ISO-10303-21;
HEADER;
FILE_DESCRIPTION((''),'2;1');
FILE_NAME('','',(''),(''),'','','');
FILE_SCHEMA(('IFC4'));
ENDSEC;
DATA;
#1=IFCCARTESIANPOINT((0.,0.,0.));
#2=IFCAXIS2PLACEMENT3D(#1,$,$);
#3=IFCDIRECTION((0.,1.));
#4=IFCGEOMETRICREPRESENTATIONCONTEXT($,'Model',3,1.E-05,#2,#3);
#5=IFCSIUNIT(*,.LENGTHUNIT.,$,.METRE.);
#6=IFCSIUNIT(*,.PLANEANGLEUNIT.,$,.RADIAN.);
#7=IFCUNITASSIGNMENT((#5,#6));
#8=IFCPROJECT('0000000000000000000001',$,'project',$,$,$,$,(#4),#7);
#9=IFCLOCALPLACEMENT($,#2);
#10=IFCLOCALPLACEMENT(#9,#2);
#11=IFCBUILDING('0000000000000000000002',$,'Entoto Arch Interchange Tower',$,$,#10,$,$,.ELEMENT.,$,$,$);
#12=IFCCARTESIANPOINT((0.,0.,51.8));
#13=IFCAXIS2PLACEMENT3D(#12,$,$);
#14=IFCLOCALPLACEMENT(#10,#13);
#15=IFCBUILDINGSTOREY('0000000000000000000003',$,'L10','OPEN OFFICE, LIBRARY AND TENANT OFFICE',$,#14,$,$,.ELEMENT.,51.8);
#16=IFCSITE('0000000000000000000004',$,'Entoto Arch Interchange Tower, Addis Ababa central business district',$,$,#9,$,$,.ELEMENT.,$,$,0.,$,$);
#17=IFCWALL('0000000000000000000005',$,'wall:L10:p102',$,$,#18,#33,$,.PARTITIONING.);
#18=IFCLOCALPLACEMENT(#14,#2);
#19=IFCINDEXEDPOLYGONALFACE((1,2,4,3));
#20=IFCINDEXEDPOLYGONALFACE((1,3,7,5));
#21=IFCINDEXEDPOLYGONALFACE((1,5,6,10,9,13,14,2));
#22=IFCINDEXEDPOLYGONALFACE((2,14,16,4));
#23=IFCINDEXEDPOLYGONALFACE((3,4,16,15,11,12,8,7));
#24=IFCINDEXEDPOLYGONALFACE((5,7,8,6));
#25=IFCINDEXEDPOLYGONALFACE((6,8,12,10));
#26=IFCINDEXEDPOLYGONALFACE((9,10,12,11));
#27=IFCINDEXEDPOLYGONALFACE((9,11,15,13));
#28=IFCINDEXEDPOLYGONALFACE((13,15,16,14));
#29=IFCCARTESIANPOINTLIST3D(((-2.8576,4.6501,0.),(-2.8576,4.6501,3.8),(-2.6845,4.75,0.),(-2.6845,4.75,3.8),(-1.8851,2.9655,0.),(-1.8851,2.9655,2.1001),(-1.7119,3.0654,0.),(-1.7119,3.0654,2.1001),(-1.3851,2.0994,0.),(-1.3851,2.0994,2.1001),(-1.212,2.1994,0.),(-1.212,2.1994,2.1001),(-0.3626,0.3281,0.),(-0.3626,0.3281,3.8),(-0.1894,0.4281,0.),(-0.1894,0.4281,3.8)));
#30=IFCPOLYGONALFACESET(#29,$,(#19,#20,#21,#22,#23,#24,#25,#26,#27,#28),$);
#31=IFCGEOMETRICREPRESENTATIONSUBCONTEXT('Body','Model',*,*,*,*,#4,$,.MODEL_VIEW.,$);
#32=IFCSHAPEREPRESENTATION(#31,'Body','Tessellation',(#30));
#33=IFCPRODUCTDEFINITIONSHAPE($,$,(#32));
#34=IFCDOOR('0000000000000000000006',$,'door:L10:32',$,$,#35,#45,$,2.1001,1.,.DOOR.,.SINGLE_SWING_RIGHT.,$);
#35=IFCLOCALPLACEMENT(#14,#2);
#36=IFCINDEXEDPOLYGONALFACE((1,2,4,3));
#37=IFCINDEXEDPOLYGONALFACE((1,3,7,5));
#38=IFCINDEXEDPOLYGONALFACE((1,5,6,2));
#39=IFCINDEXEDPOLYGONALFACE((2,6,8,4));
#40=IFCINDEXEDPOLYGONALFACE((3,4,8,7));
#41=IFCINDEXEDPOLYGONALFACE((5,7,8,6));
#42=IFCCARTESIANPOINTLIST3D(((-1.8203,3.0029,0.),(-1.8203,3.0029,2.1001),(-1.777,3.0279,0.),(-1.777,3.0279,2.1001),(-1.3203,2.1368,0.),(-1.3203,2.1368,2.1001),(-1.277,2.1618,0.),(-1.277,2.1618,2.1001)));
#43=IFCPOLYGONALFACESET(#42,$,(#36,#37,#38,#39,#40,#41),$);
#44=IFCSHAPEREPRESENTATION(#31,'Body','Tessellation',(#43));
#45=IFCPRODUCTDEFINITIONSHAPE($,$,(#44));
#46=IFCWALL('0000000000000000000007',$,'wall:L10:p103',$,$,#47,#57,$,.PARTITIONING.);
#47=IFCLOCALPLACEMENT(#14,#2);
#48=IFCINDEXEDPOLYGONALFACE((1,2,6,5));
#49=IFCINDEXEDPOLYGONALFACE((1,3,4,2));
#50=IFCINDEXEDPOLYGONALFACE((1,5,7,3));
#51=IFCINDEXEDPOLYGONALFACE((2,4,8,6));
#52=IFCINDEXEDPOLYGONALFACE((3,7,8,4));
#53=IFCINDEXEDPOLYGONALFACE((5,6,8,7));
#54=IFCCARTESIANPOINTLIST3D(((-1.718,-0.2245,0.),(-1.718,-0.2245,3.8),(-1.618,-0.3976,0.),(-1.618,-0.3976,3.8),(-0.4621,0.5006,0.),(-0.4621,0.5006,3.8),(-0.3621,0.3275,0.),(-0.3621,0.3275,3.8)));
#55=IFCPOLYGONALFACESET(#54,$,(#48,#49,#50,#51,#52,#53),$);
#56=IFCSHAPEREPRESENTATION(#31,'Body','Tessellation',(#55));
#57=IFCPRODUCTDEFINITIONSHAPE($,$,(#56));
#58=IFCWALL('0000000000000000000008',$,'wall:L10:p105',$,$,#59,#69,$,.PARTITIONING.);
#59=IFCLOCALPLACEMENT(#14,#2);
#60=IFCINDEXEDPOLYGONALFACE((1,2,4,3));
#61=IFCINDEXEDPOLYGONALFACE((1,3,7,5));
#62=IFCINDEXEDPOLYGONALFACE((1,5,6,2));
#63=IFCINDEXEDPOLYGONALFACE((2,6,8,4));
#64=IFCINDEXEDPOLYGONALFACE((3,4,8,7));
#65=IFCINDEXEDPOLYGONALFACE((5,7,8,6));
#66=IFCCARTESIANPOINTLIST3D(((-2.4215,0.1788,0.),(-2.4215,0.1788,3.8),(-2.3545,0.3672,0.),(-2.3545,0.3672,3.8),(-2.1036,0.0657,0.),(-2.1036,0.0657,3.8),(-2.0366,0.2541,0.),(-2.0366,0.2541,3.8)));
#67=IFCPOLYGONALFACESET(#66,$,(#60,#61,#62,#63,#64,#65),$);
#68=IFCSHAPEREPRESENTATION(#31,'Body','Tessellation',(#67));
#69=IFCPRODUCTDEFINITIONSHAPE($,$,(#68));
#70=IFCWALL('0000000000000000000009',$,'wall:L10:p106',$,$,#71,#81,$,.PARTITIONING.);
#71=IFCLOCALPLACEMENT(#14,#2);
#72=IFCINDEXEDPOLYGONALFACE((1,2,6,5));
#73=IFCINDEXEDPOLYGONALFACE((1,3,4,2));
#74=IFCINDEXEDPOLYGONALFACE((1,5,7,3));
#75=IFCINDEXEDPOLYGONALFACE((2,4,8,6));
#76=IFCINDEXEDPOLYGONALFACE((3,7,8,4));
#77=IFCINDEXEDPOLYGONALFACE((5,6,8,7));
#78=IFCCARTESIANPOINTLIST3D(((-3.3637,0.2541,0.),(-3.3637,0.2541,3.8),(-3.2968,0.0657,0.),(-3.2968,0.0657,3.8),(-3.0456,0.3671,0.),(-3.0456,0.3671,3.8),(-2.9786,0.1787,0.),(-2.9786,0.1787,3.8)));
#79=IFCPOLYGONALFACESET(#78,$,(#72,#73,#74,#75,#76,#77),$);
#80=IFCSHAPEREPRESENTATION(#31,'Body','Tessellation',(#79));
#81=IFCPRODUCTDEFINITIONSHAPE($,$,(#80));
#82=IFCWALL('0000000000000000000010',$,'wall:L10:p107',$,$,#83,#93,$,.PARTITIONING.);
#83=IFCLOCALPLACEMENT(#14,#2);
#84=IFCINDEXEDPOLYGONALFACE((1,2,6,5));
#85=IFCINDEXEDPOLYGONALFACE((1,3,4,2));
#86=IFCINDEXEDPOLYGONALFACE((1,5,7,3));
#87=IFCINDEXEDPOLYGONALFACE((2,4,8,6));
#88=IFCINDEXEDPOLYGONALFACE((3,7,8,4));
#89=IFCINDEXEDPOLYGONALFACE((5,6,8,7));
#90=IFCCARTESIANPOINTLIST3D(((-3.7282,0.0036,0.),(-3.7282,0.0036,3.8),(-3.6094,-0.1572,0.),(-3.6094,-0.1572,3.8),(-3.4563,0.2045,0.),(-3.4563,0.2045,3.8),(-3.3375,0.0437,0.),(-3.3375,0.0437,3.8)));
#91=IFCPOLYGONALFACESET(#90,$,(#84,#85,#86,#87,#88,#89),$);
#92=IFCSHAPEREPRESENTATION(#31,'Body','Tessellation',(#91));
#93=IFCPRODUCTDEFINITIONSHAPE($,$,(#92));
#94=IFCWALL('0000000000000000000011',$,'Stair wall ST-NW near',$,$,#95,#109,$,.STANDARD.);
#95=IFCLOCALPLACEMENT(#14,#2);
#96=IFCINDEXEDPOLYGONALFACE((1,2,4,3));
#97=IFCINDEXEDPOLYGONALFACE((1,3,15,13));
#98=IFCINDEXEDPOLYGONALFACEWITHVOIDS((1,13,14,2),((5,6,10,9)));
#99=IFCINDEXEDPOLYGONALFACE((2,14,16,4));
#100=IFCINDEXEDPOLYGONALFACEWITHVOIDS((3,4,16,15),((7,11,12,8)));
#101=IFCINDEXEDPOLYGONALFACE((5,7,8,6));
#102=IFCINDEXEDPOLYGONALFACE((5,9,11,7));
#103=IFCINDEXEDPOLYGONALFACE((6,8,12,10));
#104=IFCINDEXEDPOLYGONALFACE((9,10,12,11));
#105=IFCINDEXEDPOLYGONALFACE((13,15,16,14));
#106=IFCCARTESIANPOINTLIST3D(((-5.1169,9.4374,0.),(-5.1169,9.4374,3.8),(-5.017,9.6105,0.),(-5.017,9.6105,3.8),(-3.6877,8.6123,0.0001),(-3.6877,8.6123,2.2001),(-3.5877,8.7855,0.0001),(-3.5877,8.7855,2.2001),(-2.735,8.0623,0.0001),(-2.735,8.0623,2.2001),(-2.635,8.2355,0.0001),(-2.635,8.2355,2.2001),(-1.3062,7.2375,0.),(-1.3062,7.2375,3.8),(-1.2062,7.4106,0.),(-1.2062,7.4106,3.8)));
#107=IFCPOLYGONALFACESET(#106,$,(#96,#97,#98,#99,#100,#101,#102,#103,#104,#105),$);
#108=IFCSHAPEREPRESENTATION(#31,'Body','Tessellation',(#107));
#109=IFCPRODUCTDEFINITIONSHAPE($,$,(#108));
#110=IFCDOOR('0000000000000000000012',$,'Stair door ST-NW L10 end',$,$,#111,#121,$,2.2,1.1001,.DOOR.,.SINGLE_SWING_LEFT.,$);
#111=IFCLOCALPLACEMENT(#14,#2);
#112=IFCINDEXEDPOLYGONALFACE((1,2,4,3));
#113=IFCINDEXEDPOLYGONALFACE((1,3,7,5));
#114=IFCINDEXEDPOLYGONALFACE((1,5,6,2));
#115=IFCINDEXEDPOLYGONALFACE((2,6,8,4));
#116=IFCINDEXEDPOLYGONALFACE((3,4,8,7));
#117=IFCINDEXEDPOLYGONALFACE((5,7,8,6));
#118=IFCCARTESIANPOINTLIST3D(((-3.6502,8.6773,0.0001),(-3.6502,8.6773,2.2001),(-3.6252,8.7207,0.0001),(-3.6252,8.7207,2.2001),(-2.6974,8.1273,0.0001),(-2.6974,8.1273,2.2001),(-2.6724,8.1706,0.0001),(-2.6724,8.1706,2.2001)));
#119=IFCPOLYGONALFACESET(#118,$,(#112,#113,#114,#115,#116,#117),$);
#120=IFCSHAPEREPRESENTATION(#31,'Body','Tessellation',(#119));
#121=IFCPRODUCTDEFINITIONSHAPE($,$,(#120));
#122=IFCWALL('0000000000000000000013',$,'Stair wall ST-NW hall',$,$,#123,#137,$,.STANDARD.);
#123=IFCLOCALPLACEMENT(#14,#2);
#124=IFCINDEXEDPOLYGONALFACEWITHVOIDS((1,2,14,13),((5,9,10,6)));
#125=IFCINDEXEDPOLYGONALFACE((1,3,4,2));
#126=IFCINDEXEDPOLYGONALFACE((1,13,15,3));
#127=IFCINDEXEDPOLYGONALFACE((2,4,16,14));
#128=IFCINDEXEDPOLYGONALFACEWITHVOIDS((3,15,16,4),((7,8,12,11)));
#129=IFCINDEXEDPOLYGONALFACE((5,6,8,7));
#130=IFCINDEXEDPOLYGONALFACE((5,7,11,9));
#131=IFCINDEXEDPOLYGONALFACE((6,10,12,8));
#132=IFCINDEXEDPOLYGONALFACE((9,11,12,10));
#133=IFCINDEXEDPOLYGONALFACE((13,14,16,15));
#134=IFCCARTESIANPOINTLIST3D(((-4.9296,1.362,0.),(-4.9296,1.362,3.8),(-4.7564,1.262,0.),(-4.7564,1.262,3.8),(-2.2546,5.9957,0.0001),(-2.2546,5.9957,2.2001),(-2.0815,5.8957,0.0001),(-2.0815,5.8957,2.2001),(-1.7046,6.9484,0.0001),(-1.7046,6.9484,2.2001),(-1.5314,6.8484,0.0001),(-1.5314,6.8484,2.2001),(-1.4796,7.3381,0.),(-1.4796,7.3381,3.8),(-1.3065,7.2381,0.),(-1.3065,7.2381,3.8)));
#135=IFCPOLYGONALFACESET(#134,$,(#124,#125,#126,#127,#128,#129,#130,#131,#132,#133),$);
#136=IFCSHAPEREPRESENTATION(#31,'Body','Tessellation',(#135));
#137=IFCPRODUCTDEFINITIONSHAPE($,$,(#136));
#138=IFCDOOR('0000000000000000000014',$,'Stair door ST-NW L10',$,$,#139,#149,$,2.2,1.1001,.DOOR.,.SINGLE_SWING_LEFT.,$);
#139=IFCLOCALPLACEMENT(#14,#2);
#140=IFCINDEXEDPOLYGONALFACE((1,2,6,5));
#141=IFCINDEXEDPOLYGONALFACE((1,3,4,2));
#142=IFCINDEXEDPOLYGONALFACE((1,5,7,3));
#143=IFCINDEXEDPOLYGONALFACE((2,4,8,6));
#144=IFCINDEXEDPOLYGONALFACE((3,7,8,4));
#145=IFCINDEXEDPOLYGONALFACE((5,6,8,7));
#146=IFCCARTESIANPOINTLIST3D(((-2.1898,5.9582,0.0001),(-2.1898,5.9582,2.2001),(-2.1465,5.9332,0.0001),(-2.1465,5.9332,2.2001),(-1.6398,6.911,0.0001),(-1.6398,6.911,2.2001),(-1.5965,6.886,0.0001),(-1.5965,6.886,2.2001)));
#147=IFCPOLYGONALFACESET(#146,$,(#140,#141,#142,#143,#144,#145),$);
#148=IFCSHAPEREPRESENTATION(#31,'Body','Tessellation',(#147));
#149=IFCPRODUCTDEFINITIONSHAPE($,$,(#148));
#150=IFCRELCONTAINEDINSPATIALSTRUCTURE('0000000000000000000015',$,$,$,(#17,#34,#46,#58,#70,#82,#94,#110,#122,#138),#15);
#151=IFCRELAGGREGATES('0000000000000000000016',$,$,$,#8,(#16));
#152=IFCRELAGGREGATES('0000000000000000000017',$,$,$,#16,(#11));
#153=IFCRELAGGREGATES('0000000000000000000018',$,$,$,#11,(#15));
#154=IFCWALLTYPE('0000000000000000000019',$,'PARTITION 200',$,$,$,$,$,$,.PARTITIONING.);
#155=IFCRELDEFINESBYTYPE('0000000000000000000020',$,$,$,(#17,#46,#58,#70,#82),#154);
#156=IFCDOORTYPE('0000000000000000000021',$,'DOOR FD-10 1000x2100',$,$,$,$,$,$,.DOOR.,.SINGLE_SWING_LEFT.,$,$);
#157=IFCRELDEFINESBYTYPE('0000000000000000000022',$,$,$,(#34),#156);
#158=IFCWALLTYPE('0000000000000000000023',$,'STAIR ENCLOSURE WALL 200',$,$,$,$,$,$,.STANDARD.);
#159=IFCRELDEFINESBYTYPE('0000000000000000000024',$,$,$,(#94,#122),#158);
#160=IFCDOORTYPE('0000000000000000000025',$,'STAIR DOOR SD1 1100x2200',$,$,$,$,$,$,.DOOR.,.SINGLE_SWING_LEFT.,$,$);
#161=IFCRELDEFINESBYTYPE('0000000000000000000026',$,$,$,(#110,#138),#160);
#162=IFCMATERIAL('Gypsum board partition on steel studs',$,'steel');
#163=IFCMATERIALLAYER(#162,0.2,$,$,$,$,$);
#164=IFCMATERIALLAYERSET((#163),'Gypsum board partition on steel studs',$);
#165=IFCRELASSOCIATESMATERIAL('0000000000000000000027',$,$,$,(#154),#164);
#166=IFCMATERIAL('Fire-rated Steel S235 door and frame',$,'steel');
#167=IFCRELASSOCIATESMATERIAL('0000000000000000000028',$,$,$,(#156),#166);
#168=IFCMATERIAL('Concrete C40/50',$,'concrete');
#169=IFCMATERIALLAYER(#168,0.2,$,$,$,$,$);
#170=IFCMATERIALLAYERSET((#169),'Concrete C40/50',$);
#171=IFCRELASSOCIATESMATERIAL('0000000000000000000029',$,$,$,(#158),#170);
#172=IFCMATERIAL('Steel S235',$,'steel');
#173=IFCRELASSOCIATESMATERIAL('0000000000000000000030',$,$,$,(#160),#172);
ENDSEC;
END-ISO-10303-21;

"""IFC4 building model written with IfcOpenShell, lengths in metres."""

from ifc_helpers import new_model, si_unit, direction, frame, frame_2d, origin, place, context, subcontext, project, spatial, rectangle, extrude, material, layer, layer_set, type_object, element, fill, save


model = new_model("IFC4")

# Units and contexts
model_context = context("Model", 3, precision=1e-05, world=origin(), true_north=direction((0.0, 1.0)))
body_context = subcontext(model_context, "Body", "Model", "MODEL_VIEW")
ifc_project = project(units=[si_unit("LENGTHUNIT", "METRE"), si_unit("PLANEANGLEUNIT", "RADIAN")], contexts=[model_context])

# Site, building, storey
site_placement = place(None, origin())
site = spatial("IfcSite", under=ifc_project, at=site_placement, Name="Entoto Arch Interchange Tower, Addis Ababa central business district", CompositionType="ELEMENT", RefElevation=0.0)
building_placement = place(site_placement, origin())
building = spatial("IfcBuilding", under=site, at=building_placement, Name="Entoto Arch Interchange Tower", CompositionType="ELEMENT")
storey_placement = place(building_placement, frame((0.0, 0.0, 51.8)))
storey = spatial("IfcBuildingStorey", under=building, at=storey_placement, Name="L10", Description="OPEN OFFICE, LIBRARY AND TENANT OFFICE", CompositionType="ELEMENT", Elevation=51.8)

# Wall, opening, door
ifc_material_1 = material(Name="Gypsum board partition on steel studs", Category="steel")
ifc_layer_1 = layer(ifc_material_1, 0.2)
ifc_layer_set_1 = layer_set([ifc_layer_1], Name="Gypsum board partition on steel studs")
wall_type_1 = type_object("IfcWallType", Name="PARTITION 200", PredefinedType="PARTITIONING", material=ifc_layer_set_1)
wall_1_placement = place(storey_placement, frame((-2.771, 4.7, 0.0), z_axis=(0.0, 0.0, 1.0), x_axis=(0.499969, -0.866043, 0.0)))
wall_1 = element("IfcWall", 1, at=wall_1_placement, inside=storey, type_object=wall_type_1, Name="wall:L10:p102", PredefinedType="PARTITIONING", context=body_context, shape_type="SweptSolid", body=[
    extrude(rectangle(XDim=4.9905, YDim=0.2, at=frame_2d((2.4951, 0.0))), origin(), (0.0, 0.0, 1.0), 3.8),
])
opening_1_placement = place(wall_1_placement, frame((1.9451, 0.0, 0.0)))
opening_1 = element("IfcOpeningElement", 2, at=opening_1_placement, cuts=wall_1, PredefinedType="OPENING", context=body_context, shape_type="SweptSolid", body=[
    extrude(rectangle(XDim=1.0, YDim=2.1001, at=frame_2d((0.5, 1.05))), frame((0.0, 0.1099, 0.0), z_axis=(0.0, -1.0, 0.0), x_axis=(1.0, 0.0, 0.0)), (0.0, 0.0, 1.0), 0.22),
])
ifc_material_2 = material(Name="Fire-rated Steel S235 door and frame", Category="steel")
door_type_1 = type_object("IfcDoorType", Name="DOOR FD-10 1000x2100", OperationType="SINGLE_SWING_LEFT", PredefinedType="DOOR", material=ifc_material_2)
door_1_placement = place(opening_1_placement, origin())
door_1 = element("IfcDoor", 3, at=door_1_placement, inside=storey, type_object=door_type_1, Name="door:L10:32", OperationType="SINGLE_SWING_RIGHT", OverallHeight=2.1001, OverallWidth=1.0, PredefinedType="DOOR", context=body_context, shape_type="SweptSolid", body=[
    extrude(rectangle(XDim=1.0, YDim=2.1001, at=frame_2d((0.5, 1.05))), frame((0.0, 0.0249, 0.0), z_axis=(0.0, -1.0, 0.0), x_axis=(1.0, 0.0, 0.0)), (0.0, 0.0, 1.0), 0.05),
])
fill(opening_1, door_1)

# Walls
wall_2_placement = place(storey_placement, frame((-0.4121, 0.4141, 0.0), z_axis=(0.0, 0.0, 1.0), x_axis=(-0.866017, -0.500014, 0.0)))
element("IfcWall", 4, at=wall_2_placement, inside=storey, type_object=wall_type_1, Name="wall:L10:p103", PredefinedType="PARTITIONING", context=body_context, shape_type="SweptSolid", body=[
    extrude(rectangle(XDim=1.4502, YDim=0.2, at=frame_2d((0.7251, 0.0))), origin(), (0.0, 0.0, 1.0), 3.8),
])
wall_3_placement = place(storey_placement, frame((-2.0701, 0.1599, 0.0), z_axis=(0.0, 0.0, 1.0), x_axis=(-0.942199, 0.335052, 0.0)))
element("IfcWall", 5, at=wall_3_placement, inside=storey, type_object=wall_type_1, Name="wall:L10:p105", PredefinedType="PARTITIONING", context=body_context, shape_type="SweptSolid", body=[
    extrude(rectangle(XDim=0.3374, YDim=0.2, at=frame_2d((0.1687, 0.0))), origin(), (0.0, 0.0, 1.0), 3.8),
])
wall_4_placement = place(storey_placement, frame((-3.012, 0.2729, 0.0), z_axis=(0.0, 0.0, 1.0), x_axis=(-0.942281, -0.334824, 0.0)))
element("IfcWall", 6, at=wall_4_placement, inside=storey, type_object=wall_type_1, Name="wall:L10:p106", PredefinedType="PARTITIONING", context=body_context, shape_type="SweptSolid", body=[
    extrude(rectangle(XDim=0.3376, YDim=0.2, at=frame_2d((0.1689, 0.0))), origin(), (0.0, 0.0, 1.0), 3.8),
])
wall_5_placement = place(storey_placement, frame((-3.397, 0.124, 0.0), z_axis=(0.0, 0.0, 1.0), x_axis=(-0.804311, -0.594208, 0.0)))
element("IfcWall", 7, at=wall_5_placement, inside=storey, type_object=wall_type_1, Name="wall:L10:p107", PredefinedType="PARTITIONING", context=body_context, shape_type="SweptSolid", body=[
    extrude(rectangle(XDim=0.3381, YDim=0.2, at=frame_2d((0.1689, 0.0))), origin(), (0.0, 0.0, 1.0), 3.8),
])

# Walls, openings, doors
ifc_material_3 = material(Name="Concrete C40/50", Category="concrete")
ifc_layer_2 = layer(ifc_material_3, 0.2)
ifc_layer_set_2 = layer_set([ifc_layer_2], Name="Concrete C40/50")
wall_type_2 = type_object("IfcWallType", Name="STAIR ENCLOSURE WALL 200", PredefinedType="STANDARD", material=ifc_layer_set_2)
wall_6_placement = place(storey_placement, frame((-1.2561, 7.324, 0.0), z_axis=(0.0, 0.0, 1.0), x_axis=(-0.866046, 0.499964, 0.0)))
wall_6 = element("IfcWall", 8, at=wall_6_placement, inside=storey, type_object=wall_type_2, Name="Stair wall ST-NW near", PredefinedType="STANDARD", context=body_context, shape_type="SweptSolid", body=[
    extrude(rectangle(XDim=4.4001, YDim=0.2, at=frame_2d((2.2002, 0.0))), origin(), (0.0, 0.0, 1.0), 3.8),
])
opening_2_placement = place(wall_6_placement, frame((1.6499, 0.0, 0.0)))
opening_2 = element("IfcOpeningElement", 9, at=opening_2_placement, cuts=wall_6, PredefinedType="OPENING", context=body_context, shape_type="SweptSolid", body=[
    extrude(rectangle(XDim=1.1001, YDim=2.2, at=frame_2d((0.55, 1.1001))), frame((0.0, 0.1099, 0.0), z_axis=(0.0, -1.0, 0.0), x_axis=(1.0, 0.0, 0.0)), (0.0, 0.0, 1.0), 0.22),
])
ifc_material_4 = material(Name="Steel S235", Category="steel")
door_type_2 = type_object("IfcDoorType", Name="STAIR DOOR SD1 1100x2200", OperationType="SINGLE_SWING_LEFT", PredefinedType="DOOR", material=ifc_material_4)
door_2_placement = place(opening_2_placement, origin())
door_2 = element("IfcDoor", 10, at=door_2_placement, inside=storey, type_object=door_type_2, Name="Stair door ST-NW L10 end", OperationType="SINGLE_SWING_LEFT", OverallHeight=2.2, OverallWidth=1.1001, PredefinedType="DOOR", context=body_context, shape_type="SweptSolid", body=[
    extrude(rectangle(XDim=1.1001, YDim=2.2, at=frame_2d((0.55, 1.1001))), frame((0.0, 0.0249, 0.0), z_axis=(0.0, -1.0, 0.0), x_axis=(1.0, 0.0, 0.0)), (0.0, 0.0, 1.0), 0.05),
])
fill(opening_2, door_2)
wall_7_placement = place(storey_placement, frame((-1.3931, 7.2881, 0.0), z_axis=(0.0, 0.0, 1.0), x_axis=(-0.499963, -0.866047, 0.0)))
wall_7 = element("IfcWall", 11, at=wall_7_placement, inside=storey, type_object=wall_type_2, Name="Stair wall ST-NW hall", PredefinedType="STANDARD", context=body_context, shape_type="SweptSolid", body=[
    extrude(rectangle(XDim=6.9004, YDim=0.2, at=frame_2d((3.4502, 0.0))), origin(), (0.0, 0.0, 1.0), 3.8),
])
opening_3_placement = place(wall_7_placement, frame((0.45, 0.0, 0.0)))
opening_3 = element("IfcOpeningElement", 12, at=opening_3_placement, cuts=wall_7, PredefinedType="OPENING", context=body_context, shape_type="SweptSolid", body=[
    extrude(rectangle(XDim=1.1001, YDim=2.2, at=frame_2d((0.55, 1.1001))), frame((0.0, 0.1099, 0.0), z_axis=(0.0, -1.0, 0.0), x_axis=(1.0, 0.0, 0.0)), (0.0, 0.0, 1.0), 0.22),
])
door_3_placement = place(opening_3_placement, origin())
door_3 = element("IfcDoor", 13, at=door_3_placement, inside=storey, type_object=door_type_2, Name="Stair door ST-NW L10", OperationType="SINGLE_SWING_LEFT", OverallHeight=2.2, OverallWidth=1.1001, PredefinedType="DOOR", context=body_context, shape_type="SweptSolid", body=[
    extrude(rectangle(XDim=1.1001, YDim=2.2, at=frame_2d((0.55, 1.1001))), frame((0.0, 0.0249, 0.0), z_axis=(0.0, -1.0, 0.0), x_axis=(1.0, 0.0, 0.0)), (0.0, 0.0, 1.0), 0.05),
])
fill(opening_3, door_3)

save(model, "model.ifc")
